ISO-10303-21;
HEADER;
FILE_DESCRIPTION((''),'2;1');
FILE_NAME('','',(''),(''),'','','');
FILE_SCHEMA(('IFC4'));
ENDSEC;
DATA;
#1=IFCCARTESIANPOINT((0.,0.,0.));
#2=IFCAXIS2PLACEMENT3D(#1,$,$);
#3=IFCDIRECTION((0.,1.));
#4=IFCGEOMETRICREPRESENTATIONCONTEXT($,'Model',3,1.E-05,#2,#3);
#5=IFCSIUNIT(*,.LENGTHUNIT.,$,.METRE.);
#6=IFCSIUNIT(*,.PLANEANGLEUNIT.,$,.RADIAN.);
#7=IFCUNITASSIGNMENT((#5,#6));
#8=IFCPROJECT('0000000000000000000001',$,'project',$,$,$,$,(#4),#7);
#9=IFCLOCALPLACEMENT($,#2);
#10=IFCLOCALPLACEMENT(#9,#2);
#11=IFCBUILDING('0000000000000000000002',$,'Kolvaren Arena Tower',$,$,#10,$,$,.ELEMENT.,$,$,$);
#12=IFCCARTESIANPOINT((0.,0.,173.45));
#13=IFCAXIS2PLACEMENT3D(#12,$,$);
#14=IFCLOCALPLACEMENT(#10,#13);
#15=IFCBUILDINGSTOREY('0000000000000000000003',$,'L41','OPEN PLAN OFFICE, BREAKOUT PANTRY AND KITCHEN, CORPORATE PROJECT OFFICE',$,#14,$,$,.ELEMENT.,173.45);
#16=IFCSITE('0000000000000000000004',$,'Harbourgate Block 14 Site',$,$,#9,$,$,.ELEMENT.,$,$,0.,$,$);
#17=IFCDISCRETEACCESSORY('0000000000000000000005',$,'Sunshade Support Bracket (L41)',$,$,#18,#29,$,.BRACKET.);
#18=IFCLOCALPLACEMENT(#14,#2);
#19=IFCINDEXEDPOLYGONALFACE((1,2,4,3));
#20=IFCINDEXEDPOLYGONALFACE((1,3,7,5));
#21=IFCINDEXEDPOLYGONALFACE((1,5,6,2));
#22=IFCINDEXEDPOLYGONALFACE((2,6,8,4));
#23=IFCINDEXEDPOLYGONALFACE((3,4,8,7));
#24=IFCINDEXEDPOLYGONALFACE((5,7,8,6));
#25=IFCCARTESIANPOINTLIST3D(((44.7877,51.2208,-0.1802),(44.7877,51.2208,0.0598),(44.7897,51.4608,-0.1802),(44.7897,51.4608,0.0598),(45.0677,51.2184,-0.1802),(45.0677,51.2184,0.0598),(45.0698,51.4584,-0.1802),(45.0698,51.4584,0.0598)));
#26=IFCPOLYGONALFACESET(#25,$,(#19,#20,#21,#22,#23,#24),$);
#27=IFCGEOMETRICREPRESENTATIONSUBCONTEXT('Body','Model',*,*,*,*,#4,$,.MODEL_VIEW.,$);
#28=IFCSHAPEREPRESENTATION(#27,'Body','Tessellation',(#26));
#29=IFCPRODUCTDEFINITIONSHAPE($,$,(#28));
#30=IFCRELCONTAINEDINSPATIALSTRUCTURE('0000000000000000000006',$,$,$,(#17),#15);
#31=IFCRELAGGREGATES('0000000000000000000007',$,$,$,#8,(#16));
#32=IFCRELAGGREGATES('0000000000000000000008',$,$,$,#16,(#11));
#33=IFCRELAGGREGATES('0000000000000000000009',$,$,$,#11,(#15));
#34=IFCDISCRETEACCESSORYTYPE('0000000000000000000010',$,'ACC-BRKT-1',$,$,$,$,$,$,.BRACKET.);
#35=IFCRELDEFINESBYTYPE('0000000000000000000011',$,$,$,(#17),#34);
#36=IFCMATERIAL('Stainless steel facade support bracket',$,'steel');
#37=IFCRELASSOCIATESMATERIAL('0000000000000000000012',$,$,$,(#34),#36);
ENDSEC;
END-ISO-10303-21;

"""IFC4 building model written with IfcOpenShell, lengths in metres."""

from ifc_helpers import new_model, si_unit, direction, frame, origin, origin_2d, place, context, subcontext, project, spatial, rectangle, extrude, material, type_object, element, save


model = new_model("IFC4")

# Units and contexts
model_context = context("Model", 3, precision=1e-05, world=origin(), true_north=direction((0.0, 1.0)))
body_context = subcontext(model_context, "Body", "Model", "MODEL_VIEW")
ifc_project = project(units=[si_unit("LENGTHUNIT", "METRE"), si_unit("PLANEANGLEUNIT", "RADIAN")], contexts=[model_context])

# Site, building, storey
site_placement = place(None, origin())
site = spatial("IfcSite", under=ifc_project, at=site_placement, Name="Harbourgate Block 14 Site", CompositionType="ELEMENT", RefElevation=0.0)
building_placement = place(site_placement, origin())
building = spatial("IfcBuilding", under=site, at=building_placement, Name="Kolvaren Arena Tower", CompositionType="ELEMENT")
storey_placement = place(building_placement, frame((0.0, 0.0, 173.45)))
storey = spatial("IfcBuildingStorey", under=building, at=storey_placement, Name="L41", Description="OPEN PLAN OFFICE, BREAKOUT PANTRY AND KITCHEN, CORPORATE PROJECT OFFICE", CompositionType="ELEMENT", Elevation=173.45)

# Discrete accessory
ifc_material_1 = material(Name="Stainless steel facade support bracket", Category="steel")
discrete_accessory_type = type_object("IfcDiscreteAccessoryType", Name="ACC-BRKT-1", PredefinedType="BRACKET", material=ifc_material_1)
for number, where, z_axis, x_axis, name in (
    (1, (44.9287, 51.3396, -0.1802), (0.0, 0.0, 1.0), (0.999962, -0.008727, 0.0), "Sunshade Support Bracket (L41)"),
):
    element("IfcDiscreteAccessory", number, at=place(storey_placement, frame(where, z_axis=z_axis, x_axis=x_axis)), inside=storey, type_object=discrete_accessory_type, Name=name, PredefinedType="BRACKET", context=body_context, shape_type="SweptSolid", body=[
        extrude(rectangle(XDim=0.28, YDim=0.24, at=origin_2d()), origin(), (0.0, 0.0, 1.0), 0.24),
    ])

save(model, "model.ifc")
